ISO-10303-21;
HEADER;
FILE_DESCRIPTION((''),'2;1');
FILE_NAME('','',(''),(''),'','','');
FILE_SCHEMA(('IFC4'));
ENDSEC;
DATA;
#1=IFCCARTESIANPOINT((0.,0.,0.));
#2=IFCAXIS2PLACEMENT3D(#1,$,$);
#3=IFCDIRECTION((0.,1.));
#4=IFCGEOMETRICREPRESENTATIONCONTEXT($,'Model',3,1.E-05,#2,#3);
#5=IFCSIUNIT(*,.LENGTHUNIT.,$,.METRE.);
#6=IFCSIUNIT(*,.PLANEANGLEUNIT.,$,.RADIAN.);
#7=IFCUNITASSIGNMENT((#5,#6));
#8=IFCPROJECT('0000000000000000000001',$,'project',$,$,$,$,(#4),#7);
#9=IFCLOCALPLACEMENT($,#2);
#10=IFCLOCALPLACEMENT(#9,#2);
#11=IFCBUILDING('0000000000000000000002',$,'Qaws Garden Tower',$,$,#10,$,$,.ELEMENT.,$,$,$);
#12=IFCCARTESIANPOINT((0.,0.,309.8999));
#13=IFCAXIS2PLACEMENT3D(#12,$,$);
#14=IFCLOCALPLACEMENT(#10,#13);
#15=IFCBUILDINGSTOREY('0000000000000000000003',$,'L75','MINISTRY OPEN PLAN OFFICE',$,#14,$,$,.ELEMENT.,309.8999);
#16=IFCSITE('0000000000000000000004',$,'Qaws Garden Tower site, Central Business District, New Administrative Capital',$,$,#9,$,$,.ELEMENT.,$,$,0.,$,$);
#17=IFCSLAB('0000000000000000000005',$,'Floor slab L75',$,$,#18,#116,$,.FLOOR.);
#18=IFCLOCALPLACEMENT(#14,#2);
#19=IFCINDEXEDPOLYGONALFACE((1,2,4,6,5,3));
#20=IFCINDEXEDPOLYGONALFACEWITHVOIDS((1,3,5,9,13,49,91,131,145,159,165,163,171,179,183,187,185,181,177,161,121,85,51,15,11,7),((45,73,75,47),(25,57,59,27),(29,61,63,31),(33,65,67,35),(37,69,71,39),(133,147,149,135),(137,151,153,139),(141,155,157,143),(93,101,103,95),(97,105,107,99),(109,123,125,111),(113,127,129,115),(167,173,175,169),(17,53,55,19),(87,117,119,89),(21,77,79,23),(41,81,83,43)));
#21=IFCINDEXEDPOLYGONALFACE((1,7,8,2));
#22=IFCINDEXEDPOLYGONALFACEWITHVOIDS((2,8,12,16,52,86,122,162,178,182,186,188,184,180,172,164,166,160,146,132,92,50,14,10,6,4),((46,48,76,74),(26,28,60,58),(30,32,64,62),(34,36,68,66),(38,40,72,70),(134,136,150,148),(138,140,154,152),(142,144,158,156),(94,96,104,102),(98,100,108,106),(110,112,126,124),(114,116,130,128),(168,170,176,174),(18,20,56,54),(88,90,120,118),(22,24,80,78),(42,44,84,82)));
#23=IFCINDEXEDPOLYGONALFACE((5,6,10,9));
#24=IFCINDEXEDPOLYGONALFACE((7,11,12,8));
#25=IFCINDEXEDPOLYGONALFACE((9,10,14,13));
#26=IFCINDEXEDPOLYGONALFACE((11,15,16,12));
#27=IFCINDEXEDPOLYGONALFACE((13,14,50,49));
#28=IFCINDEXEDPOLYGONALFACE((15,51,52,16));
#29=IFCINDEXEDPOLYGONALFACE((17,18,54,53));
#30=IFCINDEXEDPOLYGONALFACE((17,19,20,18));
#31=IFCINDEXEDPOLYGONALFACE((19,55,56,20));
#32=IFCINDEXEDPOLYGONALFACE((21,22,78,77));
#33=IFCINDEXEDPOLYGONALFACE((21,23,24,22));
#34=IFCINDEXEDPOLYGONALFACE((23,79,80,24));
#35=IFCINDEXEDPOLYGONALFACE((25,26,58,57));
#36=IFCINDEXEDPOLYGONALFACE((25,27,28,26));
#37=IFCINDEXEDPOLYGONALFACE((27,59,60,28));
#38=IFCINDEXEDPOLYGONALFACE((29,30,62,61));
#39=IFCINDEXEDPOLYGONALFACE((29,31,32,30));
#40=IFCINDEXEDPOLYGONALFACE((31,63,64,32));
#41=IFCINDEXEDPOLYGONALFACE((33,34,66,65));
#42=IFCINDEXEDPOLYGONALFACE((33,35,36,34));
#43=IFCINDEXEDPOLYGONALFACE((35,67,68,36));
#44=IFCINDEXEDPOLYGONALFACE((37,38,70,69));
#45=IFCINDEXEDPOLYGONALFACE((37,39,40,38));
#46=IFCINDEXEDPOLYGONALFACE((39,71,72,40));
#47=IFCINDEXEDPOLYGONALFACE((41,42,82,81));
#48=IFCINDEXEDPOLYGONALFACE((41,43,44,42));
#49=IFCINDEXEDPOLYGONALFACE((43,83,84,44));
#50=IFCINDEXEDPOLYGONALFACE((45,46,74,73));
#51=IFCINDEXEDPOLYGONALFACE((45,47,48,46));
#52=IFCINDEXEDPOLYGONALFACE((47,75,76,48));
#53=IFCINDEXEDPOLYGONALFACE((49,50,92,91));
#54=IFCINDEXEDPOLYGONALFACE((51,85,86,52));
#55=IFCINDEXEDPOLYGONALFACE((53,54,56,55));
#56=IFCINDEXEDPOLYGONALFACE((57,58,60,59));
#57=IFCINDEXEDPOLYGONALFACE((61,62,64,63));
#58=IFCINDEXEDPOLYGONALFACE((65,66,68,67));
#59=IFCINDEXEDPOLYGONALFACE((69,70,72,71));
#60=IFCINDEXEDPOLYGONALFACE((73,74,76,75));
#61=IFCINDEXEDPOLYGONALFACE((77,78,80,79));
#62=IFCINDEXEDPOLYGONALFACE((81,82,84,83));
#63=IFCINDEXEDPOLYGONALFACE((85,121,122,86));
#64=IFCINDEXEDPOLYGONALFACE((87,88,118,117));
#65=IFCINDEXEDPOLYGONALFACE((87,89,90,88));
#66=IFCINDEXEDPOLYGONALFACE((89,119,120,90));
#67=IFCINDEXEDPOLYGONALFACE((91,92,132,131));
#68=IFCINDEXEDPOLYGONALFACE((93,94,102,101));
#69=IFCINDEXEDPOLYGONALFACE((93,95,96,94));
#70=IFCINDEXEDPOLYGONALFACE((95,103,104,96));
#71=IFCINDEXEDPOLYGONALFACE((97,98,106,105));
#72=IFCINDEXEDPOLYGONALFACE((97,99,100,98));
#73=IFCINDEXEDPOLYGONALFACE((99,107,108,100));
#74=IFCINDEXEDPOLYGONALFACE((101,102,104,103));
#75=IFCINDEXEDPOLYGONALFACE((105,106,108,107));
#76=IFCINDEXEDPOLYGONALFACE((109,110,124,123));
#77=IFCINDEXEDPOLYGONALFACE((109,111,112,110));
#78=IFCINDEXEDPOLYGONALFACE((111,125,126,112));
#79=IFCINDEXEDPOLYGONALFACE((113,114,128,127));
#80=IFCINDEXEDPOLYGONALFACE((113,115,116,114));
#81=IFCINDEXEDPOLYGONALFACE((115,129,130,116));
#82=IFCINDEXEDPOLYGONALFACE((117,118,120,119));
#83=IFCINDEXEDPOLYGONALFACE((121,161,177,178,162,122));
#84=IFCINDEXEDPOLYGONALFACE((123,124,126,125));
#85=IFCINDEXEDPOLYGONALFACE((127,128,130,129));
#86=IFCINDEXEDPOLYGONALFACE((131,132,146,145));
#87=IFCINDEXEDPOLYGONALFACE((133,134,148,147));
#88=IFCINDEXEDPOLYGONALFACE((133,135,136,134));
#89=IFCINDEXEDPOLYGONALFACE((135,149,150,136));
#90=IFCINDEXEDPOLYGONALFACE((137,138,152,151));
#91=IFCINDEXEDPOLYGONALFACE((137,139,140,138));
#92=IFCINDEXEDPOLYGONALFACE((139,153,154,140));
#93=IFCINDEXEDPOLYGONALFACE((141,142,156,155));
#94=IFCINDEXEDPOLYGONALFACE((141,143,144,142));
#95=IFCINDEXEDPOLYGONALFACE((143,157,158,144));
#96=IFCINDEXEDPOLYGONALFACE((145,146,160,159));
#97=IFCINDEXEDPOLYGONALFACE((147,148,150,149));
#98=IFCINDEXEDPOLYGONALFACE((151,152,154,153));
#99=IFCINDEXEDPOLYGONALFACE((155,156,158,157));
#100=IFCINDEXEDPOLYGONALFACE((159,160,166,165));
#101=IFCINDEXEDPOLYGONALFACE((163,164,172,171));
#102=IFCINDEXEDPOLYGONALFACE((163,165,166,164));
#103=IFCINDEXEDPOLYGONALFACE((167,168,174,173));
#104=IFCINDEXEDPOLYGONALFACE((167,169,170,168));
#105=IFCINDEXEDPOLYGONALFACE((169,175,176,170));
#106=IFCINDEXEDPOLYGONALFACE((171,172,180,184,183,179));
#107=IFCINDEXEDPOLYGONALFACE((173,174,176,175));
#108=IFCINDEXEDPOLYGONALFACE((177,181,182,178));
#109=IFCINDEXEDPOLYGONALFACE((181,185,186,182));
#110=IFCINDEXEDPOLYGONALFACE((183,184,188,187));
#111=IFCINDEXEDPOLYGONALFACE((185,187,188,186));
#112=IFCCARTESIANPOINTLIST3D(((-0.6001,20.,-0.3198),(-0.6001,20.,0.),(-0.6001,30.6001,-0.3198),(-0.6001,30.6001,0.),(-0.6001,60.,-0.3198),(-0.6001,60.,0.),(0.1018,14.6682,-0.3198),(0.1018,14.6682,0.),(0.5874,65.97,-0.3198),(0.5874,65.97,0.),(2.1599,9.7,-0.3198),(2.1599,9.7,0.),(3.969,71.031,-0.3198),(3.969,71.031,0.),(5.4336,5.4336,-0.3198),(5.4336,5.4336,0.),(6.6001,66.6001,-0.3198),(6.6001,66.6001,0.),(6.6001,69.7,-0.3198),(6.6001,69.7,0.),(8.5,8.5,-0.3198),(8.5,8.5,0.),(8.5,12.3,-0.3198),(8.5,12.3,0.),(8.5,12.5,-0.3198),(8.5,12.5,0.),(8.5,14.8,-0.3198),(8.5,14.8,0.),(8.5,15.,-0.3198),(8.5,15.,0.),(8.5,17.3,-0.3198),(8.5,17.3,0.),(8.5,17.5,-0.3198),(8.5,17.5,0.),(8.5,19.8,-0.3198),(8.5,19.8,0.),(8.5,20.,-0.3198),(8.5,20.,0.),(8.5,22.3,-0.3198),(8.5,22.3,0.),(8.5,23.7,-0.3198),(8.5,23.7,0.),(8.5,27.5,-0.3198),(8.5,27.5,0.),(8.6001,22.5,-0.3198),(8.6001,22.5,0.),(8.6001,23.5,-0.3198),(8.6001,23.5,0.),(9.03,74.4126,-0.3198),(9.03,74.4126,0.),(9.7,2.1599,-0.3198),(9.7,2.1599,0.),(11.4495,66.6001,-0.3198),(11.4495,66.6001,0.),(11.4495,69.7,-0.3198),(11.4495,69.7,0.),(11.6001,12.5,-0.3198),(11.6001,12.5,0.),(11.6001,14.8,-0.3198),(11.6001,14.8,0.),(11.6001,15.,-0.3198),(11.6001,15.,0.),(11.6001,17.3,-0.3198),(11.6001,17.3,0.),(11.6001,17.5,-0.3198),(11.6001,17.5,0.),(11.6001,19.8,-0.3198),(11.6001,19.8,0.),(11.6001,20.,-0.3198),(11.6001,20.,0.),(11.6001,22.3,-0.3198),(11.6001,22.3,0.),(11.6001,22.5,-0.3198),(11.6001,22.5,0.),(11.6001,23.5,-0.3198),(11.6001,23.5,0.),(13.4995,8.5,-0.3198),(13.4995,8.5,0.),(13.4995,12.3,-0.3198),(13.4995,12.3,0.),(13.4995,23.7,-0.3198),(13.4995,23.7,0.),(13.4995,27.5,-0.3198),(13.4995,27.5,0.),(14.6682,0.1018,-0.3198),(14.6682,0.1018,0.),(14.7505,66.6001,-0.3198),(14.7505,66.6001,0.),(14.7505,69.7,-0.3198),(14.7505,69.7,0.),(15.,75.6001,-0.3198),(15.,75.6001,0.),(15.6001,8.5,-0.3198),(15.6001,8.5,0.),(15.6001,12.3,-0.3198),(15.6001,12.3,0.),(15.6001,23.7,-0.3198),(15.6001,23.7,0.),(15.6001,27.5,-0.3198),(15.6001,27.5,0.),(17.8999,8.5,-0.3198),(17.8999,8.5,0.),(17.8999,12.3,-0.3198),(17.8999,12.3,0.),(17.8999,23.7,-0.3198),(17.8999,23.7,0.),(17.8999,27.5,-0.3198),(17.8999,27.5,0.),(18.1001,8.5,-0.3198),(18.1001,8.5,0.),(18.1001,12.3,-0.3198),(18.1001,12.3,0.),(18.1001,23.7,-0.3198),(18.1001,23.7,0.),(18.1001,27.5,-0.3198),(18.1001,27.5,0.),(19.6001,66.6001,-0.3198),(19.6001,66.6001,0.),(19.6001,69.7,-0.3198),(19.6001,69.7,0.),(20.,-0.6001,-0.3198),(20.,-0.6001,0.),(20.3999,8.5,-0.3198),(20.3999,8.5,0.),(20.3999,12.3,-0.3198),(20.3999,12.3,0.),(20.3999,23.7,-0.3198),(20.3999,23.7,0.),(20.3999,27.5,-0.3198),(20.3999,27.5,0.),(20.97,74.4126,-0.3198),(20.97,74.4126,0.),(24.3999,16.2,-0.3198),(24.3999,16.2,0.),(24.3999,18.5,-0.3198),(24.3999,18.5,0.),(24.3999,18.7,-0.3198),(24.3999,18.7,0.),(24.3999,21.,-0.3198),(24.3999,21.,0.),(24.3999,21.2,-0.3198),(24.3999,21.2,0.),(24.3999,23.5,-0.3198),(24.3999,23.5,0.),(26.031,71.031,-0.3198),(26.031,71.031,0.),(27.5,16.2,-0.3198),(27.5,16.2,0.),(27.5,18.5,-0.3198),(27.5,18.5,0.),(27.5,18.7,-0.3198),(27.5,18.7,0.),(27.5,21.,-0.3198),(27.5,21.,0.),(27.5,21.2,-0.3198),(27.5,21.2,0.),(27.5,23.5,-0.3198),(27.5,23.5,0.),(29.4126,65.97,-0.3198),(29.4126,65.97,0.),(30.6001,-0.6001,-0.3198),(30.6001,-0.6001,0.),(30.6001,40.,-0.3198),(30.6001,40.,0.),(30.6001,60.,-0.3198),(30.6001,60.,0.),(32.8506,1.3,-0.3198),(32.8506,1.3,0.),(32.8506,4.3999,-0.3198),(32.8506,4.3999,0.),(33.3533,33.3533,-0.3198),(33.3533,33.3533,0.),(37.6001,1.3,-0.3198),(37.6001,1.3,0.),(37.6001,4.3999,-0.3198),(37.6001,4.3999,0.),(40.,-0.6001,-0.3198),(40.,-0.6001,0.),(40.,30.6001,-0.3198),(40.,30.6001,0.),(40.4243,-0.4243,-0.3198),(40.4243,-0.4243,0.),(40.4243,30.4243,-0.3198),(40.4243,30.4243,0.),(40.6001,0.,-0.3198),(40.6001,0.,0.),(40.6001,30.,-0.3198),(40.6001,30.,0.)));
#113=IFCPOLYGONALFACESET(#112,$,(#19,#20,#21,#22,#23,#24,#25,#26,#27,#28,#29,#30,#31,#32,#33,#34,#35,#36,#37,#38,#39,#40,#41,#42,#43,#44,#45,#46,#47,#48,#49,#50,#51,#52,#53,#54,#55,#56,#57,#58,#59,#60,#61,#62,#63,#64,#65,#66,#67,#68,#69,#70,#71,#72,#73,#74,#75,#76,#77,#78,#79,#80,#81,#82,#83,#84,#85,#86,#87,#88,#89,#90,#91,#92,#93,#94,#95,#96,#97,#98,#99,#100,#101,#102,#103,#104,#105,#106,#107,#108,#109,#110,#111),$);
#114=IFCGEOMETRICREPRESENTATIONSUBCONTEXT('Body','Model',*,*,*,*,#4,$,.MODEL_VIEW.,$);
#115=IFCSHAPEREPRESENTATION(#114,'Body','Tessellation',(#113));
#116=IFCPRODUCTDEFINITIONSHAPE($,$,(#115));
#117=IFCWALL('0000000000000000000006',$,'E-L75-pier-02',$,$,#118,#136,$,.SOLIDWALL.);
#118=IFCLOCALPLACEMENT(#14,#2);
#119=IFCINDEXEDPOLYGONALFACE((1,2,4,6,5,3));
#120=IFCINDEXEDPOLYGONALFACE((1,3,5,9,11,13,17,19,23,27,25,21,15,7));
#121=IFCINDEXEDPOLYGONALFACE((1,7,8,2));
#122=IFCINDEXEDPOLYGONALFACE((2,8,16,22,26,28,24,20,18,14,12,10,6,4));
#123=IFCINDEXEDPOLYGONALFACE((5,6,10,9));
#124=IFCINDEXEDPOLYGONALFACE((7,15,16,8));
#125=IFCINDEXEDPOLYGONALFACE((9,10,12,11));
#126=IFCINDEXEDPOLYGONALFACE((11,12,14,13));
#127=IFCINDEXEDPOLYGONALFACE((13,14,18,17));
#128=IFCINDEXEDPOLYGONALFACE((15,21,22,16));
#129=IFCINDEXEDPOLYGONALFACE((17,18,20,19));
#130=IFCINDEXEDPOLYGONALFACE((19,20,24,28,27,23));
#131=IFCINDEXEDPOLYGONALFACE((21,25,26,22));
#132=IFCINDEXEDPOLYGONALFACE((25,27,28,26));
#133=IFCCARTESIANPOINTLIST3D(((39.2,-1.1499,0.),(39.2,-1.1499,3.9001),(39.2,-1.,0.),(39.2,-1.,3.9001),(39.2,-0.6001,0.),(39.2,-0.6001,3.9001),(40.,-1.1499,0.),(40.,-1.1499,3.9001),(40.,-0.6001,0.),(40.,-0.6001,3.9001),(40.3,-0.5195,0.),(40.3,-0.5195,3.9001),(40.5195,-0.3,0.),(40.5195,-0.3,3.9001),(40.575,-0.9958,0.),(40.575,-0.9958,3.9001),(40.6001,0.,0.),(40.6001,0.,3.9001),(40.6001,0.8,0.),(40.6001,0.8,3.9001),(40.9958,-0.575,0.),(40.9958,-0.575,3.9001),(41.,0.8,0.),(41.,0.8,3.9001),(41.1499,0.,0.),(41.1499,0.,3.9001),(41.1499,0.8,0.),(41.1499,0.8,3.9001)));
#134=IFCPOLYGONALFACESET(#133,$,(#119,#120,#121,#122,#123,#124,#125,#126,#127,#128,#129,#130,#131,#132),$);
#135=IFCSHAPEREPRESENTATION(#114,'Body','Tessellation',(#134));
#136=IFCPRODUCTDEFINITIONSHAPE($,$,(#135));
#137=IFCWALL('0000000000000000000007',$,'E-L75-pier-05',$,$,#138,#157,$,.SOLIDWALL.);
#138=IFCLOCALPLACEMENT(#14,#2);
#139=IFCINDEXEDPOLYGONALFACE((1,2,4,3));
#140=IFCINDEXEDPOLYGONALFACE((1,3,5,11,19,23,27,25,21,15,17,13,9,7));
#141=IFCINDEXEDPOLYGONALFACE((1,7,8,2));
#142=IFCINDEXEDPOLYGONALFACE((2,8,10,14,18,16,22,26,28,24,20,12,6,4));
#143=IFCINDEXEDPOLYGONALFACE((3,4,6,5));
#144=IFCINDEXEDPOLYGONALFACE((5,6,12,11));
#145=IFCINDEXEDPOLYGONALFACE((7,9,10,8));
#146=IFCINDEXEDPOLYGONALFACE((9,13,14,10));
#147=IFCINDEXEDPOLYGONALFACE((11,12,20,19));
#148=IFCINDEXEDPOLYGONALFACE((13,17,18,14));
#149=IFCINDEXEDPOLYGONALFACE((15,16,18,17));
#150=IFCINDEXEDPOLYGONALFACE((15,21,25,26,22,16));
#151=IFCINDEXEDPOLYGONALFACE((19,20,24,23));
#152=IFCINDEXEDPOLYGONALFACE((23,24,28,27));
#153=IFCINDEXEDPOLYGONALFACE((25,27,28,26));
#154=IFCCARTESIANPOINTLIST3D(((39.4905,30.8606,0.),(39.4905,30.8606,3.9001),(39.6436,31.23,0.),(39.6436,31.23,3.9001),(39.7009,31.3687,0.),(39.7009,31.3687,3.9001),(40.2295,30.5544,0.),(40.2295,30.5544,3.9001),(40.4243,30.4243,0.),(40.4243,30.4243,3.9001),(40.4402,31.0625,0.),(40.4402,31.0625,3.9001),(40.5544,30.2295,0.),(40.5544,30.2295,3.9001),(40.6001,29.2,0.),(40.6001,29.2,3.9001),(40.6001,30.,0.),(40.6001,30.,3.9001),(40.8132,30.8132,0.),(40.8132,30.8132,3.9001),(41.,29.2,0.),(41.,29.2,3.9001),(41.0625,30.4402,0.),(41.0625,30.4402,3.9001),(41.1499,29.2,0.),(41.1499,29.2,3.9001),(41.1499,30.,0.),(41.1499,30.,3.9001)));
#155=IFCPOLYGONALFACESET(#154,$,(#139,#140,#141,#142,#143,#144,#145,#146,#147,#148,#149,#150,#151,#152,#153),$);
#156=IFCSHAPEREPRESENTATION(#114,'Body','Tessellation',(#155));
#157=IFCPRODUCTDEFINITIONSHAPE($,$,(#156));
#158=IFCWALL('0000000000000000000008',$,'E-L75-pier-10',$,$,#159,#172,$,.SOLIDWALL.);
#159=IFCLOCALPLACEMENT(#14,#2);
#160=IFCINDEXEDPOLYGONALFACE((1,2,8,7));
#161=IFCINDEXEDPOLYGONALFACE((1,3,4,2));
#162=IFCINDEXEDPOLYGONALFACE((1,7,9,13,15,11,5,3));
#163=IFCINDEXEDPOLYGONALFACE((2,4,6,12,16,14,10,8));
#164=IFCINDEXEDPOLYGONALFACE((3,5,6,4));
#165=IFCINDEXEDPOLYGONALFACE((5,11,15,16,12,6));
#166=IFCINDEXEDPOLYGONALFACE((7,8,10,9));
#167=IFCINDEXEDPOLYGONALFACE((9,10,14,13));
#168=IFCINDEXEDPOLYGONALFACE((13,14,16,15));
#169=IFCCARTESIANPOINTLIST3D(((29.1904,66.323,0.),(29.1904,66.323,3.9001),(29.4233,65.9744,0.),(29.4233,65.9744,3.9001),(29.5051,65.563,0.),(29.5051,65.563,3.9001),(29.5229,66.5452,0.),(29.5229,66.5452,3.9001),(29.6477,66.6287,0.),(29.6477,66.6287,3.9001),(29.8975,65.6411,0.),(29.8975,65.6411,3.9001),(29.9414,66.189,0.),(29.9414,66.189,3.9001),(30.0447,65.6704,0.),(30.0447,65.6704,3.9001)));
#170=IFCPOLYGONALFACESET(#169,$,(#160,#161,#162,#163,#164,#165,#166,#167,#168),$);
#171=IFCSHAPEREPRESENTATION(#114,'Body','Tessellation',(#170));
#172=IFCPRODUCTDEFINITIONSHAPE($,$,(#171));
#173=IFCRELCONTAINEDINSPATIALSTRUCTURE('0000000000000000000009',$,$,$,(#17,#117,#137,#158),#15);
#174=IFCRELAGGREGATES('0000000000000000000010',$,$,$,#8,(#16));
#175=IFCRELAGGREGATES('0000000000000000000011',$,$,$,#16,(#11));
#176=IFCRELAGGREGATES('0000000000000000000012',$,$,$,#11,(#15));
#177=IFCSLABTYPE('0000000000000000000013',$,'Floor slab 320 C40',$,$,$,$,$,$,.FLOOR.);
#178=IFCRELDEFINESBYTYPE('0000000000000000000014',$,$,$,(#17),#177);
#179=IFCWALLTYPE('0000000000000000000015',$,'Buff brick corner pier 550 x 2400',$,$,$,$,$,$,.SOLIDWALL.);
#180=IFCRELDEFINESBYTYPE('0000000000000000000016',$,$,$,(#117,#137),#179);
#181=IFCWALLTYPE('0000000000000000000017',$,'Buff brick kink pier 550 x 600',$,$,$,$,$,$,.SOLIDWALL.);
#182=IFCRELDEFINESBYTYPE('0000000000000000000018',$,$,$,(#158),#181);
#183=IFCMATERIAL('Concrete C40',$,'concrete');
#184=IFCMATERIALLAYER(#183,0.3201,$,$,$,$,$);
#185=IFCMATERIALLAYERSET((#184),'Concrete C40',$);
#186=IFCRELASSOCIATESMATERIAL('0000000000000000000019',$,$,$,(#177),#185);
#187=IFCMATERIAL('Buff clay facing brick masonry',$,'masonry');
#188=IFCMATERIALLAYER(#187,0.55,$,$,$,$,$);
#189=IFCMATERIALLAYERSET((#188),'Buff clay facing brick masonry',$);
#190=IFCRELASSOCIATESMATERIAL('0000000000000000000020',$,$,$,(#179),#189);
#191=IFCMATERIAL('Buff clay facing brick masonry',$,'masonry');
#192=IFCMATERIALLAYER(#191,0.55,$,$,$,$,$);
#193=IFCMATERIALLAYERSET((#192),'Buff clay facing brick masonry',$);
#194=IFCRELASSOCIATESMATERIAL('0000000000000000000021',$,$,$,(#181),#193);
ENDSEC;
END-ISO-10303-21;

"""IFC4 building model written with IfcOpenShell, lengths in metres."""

from ifc_helpers import new_model, si_unit, direction, frame, origin, place, context, subcontext, project, spatial, polyline, outline, extrude, material, layer, layer_set, type_object, element, save


model = new_model("IFC4")

# Units and contexts
model_context = context("Model", 3, precision=1e-05, world=origin(), true_north=direction((0.0, 1.0)))
body_context = subcontext(model_context, "Body", "Model", "MODEL_VIEW")
ifc_project = project(units=[si_unit("LENGTHUNIT", "METRE"), si_unit("PLANEANGLEUNIT", "RADIAN")], contexts=[model_context])

# Site, building, storey
site_placement = place(None, origin())
site = spatial("IfcSite", under=ifc_project, at=site_placement, Name="Qaws Garden Tower site, Central Business District, New Administrative Capital", CompositionType="ELEMENT", RefElevation=0.0)
building_placement = place(site_placement, origin())
building = spatial("IfcBuilding", under=site, at=building_placement, Name="Qaws Garden Tower", CompositionType="ELEMENT")
storey_placement = place(building_placement, frame((0.0, 0.0, 309.8999)))
storey = spatial("IfcBuildingStorey", under=building, at=storey_placement, Name="L75", Description="MINISTRY OPEN PLAN OFFICE", CompositionType="ELEMENT", Elevation=309.8999)

# Slab
ifc_material_1 = material(Name="Concrete C40", Category="concrete")
ifc_layer_1 = layer(ifc_material_1, 0.3201)
ifc_layer_set_1 = layer_set([ifc_layer_1], Name="Concrete C40")
slab_type = type_object("IfcSlabType", Name="Floor slab 320 C40", PredefinedType="FLOOR", material=ifc_layer_set_1)
slab_placement = place(storey_placement, frame((0.0, 0.0, -0.3198)))
element("IfcSlab", 1, at=slab_placement, inside=storey, type_object=slab_type, Name="Floor slab L75", PredefinedType="FLOOR", context=body_context, shape_type="SweptSolid", body=[
    extrude(outline(polyline([(0.1018, 14.6682), (-0.6001, 20.0), (-0.6001, 30.6001), (-0.6001, 60.0), (-0.6001, 60.0), (0.5874, 65.97), (3.969, 71.031), (9.03, 74.4126), (15.0, 75.6001), (20.97, 74.4126), (26.031, 71.031), (29.4126, 65.97), (30.6001, 60.0), (30.6001, 40.0), (33.3533, 33.3533), (40.0, 30.6001), (40.4243, 30.4243), (40.6001, 30.0), (40.6001, 0.0), (40.4243, -0.4243), (40.0, -0.6001), (30.6001, -0.6001), (20.0, -0.6001), (14.6682, 0.1018), (9.7, 2.1599), (5.4336, 5.4336), (2.1599, 9.7), (0.1018, 14.6682)]), holes=[polyline([(13.4995, 12.3), (8.5, 12.3), (8.5, 8.5), (13.4995, 8.5), (13.4995, 12.3)]), polyline([(17.8999, 12.3), (15.6001, 12.3), (15.6001, 8.5), (17.8999, 8.5), (17.8999, 12.3)]), polyline([(11.6001, 14.8), (8.5, 14.8), (8.5, 12.5), (11.6001, 12.5), (11.6001, 14.8)]), polyline([(11.6001, 17.3), (8.5, 17.3), (8.5, 15.0), (11.6001, 15.0), (11.6001, 17.3)]), polyline([(11.6001, 19.8), (8.5, 19.8), (8.5, 17.5), (11.6001, 17.5), (11.6001, 19.8)]), polyline([(11.6001, 22.3), (8.5, 22.3), (8.5, 20.0), (11.6001, 20.0), (11.6001, 22.3)]), polyline([(11.6001, 23.5), (8.6001, 23.5), (8.6001, 22.5), (11.6001, 22.5), (11.6001, 23.5)]), polyline([(13.4995, 27.5), (8.5, 27.5), (8.5, 23.7), (13.4995, 23.7), (13.4995, 27.5)]), polyline([(11.4495, 69.7), (6.6001, 69.7), (6.6001, 66.6001), (11.4495, 66.6001), (11.4495, 69.7)]), polyline([(37.6001, 4.3999), (32.8506, 4.3999), (32.8506, 1.3), (37.6001, 1.3), (37.6001, 4.3999)]), polyline([(20.3999, 12.3), (18.1001, 12.3), (18.1001, 8.5), (20.3999, 8.5), (20.3999, 12.3)]), polyline([(27.5, 18.5), (24.3999, 18.5), (24.3999, 16.2), (27.5, 16.2), (27.5, 18.5)]), polyline([(27.5, 21.0), (24.3999, 21.0), (24.3999, 18.7), (27.5, 18.7), (27.5, 21.0)]), polyline([(27.5, 23.5), (24.3999, 23.5), (24.3999, 21.2), (27.5, 21.2), (27.5, 23.5)]), polyline([(17.8999, 27.5), (15.6001, 27.5), (15.6001, 23.7), (17.8999, 23.7), (17.8999, 27.5)]), polyline([(20.3999, 23.7), (20.3999, 27.5), (18.1001, 27.5), (18.1001, 23.7), (20.3999, 23.7)]), polyline([(19.6001, 66.6001), (19.6001, 69.7), (14.7505, 69.7), (14.7505, 66.6001), (19.6001, 66.6001)])]), origin(), (0.0, 0.0, 1.0), 0.3198),
])

# Walls
ifc_material_2 = material(Name="Buff clay facing brick masonry", Category="masonry")
ifc_layer_2 = layer(ifc_material_2, 0.55)
ifc_layer_set_2 = layer_set([ifc_layer_2], Name="Buff clay facing brick masonry")
wall_type_1 = type_object("IfcWallType", Name="Buff brick corner pier 550 x 2400", PredefinedType="SOLIDWALL", material=ifc_layer_set_2)
placement = place(storey_placement, origin())
element("IfcWall", 2, at=placement, inside=storey, type_object=wall_type_1, Name="E-L75-pier-02", PredefinedType="SOLIDWALL", context=body_context, shape_type="SweptSolid", body=[
    extrude(outline(polyline([(39.2, -1.0), (39.2, -1.1499), (40.0, -1.1499), (40.575, -0.9958), (40.9958, -0.575), (41.1499, 0.0), (41.1499, 0.8), (41.0, 0.8), (40.6001, 0.8), (40.6001, 0.0), (40.5195, -0.3), (40.3, -0.5195), (40.0, -0.6001), (39.2, -0.6001), (39.2, -1.0)])), origin(), (0.0, 0.0, 1.0), 3.9001),
])
element("IfcWall", 3, at=placement, inside=storey, type_object=wall_type_1, Name="E-L75-pier-05", PredefinedType="SOLIDWALL", context=body_context, shape_type="SweptSolid", body=[
    extrude(outline(polyline([(41.0, 29.2), (41.1499, 29.2), (41.1499, 30.0), (41.0625, 30.4402), (40.8132, 30.8132), (40.4402, 31.0625), (39.7009, 31.3687), (39.6436, 31.23), (39.4905, 30.8606), (40.2295, 30.5544), (40.4243, 30.4243), (40.5544, 30.2295), (40.6001, 30.0), (40.6001, 29.2), (41.0, 29.2)])), origin(), (0.0, 0.0, 1.0), 3.9001),
])
ifc_material_3 = material(Name="Buff clay facing brick masonry", Category="masonry")
ifc_layer_3 = layer(ifc_material_3, 0.55)
ifc_layer_set_3 = layer_set([ifc_layer_3], Name="Buff clay facing brick masonry")
wall_type_2 = type_object("IfcWallType", Name="Buff brick kink pier 550 x 600", PredefinedType="SOLIDWALL", material=ifc_layer_set_3)
element("IfcWall", 4, at=placement, inside=storey, type_object=wall_type_2, Name="E-L75-pier-10", PredefinedType="SOLIDWALL", context=body_context, shape_type="SweptSolid", body=[
    extrude(outline(polyline([(29.8975, 65.6411), (30.0447, 65.6704), (29.9414, 66.189), (29.6477, 66.6287), (29.5229, 66.5452), (29.1904, 66.323), (29.4233, 65.9744), (29.5051, 65.563), (29.8975, 65.6411)])), origin(), (0.0, 0.0, 1.0), 3.9001),
])

save(model, "model.ifc")
